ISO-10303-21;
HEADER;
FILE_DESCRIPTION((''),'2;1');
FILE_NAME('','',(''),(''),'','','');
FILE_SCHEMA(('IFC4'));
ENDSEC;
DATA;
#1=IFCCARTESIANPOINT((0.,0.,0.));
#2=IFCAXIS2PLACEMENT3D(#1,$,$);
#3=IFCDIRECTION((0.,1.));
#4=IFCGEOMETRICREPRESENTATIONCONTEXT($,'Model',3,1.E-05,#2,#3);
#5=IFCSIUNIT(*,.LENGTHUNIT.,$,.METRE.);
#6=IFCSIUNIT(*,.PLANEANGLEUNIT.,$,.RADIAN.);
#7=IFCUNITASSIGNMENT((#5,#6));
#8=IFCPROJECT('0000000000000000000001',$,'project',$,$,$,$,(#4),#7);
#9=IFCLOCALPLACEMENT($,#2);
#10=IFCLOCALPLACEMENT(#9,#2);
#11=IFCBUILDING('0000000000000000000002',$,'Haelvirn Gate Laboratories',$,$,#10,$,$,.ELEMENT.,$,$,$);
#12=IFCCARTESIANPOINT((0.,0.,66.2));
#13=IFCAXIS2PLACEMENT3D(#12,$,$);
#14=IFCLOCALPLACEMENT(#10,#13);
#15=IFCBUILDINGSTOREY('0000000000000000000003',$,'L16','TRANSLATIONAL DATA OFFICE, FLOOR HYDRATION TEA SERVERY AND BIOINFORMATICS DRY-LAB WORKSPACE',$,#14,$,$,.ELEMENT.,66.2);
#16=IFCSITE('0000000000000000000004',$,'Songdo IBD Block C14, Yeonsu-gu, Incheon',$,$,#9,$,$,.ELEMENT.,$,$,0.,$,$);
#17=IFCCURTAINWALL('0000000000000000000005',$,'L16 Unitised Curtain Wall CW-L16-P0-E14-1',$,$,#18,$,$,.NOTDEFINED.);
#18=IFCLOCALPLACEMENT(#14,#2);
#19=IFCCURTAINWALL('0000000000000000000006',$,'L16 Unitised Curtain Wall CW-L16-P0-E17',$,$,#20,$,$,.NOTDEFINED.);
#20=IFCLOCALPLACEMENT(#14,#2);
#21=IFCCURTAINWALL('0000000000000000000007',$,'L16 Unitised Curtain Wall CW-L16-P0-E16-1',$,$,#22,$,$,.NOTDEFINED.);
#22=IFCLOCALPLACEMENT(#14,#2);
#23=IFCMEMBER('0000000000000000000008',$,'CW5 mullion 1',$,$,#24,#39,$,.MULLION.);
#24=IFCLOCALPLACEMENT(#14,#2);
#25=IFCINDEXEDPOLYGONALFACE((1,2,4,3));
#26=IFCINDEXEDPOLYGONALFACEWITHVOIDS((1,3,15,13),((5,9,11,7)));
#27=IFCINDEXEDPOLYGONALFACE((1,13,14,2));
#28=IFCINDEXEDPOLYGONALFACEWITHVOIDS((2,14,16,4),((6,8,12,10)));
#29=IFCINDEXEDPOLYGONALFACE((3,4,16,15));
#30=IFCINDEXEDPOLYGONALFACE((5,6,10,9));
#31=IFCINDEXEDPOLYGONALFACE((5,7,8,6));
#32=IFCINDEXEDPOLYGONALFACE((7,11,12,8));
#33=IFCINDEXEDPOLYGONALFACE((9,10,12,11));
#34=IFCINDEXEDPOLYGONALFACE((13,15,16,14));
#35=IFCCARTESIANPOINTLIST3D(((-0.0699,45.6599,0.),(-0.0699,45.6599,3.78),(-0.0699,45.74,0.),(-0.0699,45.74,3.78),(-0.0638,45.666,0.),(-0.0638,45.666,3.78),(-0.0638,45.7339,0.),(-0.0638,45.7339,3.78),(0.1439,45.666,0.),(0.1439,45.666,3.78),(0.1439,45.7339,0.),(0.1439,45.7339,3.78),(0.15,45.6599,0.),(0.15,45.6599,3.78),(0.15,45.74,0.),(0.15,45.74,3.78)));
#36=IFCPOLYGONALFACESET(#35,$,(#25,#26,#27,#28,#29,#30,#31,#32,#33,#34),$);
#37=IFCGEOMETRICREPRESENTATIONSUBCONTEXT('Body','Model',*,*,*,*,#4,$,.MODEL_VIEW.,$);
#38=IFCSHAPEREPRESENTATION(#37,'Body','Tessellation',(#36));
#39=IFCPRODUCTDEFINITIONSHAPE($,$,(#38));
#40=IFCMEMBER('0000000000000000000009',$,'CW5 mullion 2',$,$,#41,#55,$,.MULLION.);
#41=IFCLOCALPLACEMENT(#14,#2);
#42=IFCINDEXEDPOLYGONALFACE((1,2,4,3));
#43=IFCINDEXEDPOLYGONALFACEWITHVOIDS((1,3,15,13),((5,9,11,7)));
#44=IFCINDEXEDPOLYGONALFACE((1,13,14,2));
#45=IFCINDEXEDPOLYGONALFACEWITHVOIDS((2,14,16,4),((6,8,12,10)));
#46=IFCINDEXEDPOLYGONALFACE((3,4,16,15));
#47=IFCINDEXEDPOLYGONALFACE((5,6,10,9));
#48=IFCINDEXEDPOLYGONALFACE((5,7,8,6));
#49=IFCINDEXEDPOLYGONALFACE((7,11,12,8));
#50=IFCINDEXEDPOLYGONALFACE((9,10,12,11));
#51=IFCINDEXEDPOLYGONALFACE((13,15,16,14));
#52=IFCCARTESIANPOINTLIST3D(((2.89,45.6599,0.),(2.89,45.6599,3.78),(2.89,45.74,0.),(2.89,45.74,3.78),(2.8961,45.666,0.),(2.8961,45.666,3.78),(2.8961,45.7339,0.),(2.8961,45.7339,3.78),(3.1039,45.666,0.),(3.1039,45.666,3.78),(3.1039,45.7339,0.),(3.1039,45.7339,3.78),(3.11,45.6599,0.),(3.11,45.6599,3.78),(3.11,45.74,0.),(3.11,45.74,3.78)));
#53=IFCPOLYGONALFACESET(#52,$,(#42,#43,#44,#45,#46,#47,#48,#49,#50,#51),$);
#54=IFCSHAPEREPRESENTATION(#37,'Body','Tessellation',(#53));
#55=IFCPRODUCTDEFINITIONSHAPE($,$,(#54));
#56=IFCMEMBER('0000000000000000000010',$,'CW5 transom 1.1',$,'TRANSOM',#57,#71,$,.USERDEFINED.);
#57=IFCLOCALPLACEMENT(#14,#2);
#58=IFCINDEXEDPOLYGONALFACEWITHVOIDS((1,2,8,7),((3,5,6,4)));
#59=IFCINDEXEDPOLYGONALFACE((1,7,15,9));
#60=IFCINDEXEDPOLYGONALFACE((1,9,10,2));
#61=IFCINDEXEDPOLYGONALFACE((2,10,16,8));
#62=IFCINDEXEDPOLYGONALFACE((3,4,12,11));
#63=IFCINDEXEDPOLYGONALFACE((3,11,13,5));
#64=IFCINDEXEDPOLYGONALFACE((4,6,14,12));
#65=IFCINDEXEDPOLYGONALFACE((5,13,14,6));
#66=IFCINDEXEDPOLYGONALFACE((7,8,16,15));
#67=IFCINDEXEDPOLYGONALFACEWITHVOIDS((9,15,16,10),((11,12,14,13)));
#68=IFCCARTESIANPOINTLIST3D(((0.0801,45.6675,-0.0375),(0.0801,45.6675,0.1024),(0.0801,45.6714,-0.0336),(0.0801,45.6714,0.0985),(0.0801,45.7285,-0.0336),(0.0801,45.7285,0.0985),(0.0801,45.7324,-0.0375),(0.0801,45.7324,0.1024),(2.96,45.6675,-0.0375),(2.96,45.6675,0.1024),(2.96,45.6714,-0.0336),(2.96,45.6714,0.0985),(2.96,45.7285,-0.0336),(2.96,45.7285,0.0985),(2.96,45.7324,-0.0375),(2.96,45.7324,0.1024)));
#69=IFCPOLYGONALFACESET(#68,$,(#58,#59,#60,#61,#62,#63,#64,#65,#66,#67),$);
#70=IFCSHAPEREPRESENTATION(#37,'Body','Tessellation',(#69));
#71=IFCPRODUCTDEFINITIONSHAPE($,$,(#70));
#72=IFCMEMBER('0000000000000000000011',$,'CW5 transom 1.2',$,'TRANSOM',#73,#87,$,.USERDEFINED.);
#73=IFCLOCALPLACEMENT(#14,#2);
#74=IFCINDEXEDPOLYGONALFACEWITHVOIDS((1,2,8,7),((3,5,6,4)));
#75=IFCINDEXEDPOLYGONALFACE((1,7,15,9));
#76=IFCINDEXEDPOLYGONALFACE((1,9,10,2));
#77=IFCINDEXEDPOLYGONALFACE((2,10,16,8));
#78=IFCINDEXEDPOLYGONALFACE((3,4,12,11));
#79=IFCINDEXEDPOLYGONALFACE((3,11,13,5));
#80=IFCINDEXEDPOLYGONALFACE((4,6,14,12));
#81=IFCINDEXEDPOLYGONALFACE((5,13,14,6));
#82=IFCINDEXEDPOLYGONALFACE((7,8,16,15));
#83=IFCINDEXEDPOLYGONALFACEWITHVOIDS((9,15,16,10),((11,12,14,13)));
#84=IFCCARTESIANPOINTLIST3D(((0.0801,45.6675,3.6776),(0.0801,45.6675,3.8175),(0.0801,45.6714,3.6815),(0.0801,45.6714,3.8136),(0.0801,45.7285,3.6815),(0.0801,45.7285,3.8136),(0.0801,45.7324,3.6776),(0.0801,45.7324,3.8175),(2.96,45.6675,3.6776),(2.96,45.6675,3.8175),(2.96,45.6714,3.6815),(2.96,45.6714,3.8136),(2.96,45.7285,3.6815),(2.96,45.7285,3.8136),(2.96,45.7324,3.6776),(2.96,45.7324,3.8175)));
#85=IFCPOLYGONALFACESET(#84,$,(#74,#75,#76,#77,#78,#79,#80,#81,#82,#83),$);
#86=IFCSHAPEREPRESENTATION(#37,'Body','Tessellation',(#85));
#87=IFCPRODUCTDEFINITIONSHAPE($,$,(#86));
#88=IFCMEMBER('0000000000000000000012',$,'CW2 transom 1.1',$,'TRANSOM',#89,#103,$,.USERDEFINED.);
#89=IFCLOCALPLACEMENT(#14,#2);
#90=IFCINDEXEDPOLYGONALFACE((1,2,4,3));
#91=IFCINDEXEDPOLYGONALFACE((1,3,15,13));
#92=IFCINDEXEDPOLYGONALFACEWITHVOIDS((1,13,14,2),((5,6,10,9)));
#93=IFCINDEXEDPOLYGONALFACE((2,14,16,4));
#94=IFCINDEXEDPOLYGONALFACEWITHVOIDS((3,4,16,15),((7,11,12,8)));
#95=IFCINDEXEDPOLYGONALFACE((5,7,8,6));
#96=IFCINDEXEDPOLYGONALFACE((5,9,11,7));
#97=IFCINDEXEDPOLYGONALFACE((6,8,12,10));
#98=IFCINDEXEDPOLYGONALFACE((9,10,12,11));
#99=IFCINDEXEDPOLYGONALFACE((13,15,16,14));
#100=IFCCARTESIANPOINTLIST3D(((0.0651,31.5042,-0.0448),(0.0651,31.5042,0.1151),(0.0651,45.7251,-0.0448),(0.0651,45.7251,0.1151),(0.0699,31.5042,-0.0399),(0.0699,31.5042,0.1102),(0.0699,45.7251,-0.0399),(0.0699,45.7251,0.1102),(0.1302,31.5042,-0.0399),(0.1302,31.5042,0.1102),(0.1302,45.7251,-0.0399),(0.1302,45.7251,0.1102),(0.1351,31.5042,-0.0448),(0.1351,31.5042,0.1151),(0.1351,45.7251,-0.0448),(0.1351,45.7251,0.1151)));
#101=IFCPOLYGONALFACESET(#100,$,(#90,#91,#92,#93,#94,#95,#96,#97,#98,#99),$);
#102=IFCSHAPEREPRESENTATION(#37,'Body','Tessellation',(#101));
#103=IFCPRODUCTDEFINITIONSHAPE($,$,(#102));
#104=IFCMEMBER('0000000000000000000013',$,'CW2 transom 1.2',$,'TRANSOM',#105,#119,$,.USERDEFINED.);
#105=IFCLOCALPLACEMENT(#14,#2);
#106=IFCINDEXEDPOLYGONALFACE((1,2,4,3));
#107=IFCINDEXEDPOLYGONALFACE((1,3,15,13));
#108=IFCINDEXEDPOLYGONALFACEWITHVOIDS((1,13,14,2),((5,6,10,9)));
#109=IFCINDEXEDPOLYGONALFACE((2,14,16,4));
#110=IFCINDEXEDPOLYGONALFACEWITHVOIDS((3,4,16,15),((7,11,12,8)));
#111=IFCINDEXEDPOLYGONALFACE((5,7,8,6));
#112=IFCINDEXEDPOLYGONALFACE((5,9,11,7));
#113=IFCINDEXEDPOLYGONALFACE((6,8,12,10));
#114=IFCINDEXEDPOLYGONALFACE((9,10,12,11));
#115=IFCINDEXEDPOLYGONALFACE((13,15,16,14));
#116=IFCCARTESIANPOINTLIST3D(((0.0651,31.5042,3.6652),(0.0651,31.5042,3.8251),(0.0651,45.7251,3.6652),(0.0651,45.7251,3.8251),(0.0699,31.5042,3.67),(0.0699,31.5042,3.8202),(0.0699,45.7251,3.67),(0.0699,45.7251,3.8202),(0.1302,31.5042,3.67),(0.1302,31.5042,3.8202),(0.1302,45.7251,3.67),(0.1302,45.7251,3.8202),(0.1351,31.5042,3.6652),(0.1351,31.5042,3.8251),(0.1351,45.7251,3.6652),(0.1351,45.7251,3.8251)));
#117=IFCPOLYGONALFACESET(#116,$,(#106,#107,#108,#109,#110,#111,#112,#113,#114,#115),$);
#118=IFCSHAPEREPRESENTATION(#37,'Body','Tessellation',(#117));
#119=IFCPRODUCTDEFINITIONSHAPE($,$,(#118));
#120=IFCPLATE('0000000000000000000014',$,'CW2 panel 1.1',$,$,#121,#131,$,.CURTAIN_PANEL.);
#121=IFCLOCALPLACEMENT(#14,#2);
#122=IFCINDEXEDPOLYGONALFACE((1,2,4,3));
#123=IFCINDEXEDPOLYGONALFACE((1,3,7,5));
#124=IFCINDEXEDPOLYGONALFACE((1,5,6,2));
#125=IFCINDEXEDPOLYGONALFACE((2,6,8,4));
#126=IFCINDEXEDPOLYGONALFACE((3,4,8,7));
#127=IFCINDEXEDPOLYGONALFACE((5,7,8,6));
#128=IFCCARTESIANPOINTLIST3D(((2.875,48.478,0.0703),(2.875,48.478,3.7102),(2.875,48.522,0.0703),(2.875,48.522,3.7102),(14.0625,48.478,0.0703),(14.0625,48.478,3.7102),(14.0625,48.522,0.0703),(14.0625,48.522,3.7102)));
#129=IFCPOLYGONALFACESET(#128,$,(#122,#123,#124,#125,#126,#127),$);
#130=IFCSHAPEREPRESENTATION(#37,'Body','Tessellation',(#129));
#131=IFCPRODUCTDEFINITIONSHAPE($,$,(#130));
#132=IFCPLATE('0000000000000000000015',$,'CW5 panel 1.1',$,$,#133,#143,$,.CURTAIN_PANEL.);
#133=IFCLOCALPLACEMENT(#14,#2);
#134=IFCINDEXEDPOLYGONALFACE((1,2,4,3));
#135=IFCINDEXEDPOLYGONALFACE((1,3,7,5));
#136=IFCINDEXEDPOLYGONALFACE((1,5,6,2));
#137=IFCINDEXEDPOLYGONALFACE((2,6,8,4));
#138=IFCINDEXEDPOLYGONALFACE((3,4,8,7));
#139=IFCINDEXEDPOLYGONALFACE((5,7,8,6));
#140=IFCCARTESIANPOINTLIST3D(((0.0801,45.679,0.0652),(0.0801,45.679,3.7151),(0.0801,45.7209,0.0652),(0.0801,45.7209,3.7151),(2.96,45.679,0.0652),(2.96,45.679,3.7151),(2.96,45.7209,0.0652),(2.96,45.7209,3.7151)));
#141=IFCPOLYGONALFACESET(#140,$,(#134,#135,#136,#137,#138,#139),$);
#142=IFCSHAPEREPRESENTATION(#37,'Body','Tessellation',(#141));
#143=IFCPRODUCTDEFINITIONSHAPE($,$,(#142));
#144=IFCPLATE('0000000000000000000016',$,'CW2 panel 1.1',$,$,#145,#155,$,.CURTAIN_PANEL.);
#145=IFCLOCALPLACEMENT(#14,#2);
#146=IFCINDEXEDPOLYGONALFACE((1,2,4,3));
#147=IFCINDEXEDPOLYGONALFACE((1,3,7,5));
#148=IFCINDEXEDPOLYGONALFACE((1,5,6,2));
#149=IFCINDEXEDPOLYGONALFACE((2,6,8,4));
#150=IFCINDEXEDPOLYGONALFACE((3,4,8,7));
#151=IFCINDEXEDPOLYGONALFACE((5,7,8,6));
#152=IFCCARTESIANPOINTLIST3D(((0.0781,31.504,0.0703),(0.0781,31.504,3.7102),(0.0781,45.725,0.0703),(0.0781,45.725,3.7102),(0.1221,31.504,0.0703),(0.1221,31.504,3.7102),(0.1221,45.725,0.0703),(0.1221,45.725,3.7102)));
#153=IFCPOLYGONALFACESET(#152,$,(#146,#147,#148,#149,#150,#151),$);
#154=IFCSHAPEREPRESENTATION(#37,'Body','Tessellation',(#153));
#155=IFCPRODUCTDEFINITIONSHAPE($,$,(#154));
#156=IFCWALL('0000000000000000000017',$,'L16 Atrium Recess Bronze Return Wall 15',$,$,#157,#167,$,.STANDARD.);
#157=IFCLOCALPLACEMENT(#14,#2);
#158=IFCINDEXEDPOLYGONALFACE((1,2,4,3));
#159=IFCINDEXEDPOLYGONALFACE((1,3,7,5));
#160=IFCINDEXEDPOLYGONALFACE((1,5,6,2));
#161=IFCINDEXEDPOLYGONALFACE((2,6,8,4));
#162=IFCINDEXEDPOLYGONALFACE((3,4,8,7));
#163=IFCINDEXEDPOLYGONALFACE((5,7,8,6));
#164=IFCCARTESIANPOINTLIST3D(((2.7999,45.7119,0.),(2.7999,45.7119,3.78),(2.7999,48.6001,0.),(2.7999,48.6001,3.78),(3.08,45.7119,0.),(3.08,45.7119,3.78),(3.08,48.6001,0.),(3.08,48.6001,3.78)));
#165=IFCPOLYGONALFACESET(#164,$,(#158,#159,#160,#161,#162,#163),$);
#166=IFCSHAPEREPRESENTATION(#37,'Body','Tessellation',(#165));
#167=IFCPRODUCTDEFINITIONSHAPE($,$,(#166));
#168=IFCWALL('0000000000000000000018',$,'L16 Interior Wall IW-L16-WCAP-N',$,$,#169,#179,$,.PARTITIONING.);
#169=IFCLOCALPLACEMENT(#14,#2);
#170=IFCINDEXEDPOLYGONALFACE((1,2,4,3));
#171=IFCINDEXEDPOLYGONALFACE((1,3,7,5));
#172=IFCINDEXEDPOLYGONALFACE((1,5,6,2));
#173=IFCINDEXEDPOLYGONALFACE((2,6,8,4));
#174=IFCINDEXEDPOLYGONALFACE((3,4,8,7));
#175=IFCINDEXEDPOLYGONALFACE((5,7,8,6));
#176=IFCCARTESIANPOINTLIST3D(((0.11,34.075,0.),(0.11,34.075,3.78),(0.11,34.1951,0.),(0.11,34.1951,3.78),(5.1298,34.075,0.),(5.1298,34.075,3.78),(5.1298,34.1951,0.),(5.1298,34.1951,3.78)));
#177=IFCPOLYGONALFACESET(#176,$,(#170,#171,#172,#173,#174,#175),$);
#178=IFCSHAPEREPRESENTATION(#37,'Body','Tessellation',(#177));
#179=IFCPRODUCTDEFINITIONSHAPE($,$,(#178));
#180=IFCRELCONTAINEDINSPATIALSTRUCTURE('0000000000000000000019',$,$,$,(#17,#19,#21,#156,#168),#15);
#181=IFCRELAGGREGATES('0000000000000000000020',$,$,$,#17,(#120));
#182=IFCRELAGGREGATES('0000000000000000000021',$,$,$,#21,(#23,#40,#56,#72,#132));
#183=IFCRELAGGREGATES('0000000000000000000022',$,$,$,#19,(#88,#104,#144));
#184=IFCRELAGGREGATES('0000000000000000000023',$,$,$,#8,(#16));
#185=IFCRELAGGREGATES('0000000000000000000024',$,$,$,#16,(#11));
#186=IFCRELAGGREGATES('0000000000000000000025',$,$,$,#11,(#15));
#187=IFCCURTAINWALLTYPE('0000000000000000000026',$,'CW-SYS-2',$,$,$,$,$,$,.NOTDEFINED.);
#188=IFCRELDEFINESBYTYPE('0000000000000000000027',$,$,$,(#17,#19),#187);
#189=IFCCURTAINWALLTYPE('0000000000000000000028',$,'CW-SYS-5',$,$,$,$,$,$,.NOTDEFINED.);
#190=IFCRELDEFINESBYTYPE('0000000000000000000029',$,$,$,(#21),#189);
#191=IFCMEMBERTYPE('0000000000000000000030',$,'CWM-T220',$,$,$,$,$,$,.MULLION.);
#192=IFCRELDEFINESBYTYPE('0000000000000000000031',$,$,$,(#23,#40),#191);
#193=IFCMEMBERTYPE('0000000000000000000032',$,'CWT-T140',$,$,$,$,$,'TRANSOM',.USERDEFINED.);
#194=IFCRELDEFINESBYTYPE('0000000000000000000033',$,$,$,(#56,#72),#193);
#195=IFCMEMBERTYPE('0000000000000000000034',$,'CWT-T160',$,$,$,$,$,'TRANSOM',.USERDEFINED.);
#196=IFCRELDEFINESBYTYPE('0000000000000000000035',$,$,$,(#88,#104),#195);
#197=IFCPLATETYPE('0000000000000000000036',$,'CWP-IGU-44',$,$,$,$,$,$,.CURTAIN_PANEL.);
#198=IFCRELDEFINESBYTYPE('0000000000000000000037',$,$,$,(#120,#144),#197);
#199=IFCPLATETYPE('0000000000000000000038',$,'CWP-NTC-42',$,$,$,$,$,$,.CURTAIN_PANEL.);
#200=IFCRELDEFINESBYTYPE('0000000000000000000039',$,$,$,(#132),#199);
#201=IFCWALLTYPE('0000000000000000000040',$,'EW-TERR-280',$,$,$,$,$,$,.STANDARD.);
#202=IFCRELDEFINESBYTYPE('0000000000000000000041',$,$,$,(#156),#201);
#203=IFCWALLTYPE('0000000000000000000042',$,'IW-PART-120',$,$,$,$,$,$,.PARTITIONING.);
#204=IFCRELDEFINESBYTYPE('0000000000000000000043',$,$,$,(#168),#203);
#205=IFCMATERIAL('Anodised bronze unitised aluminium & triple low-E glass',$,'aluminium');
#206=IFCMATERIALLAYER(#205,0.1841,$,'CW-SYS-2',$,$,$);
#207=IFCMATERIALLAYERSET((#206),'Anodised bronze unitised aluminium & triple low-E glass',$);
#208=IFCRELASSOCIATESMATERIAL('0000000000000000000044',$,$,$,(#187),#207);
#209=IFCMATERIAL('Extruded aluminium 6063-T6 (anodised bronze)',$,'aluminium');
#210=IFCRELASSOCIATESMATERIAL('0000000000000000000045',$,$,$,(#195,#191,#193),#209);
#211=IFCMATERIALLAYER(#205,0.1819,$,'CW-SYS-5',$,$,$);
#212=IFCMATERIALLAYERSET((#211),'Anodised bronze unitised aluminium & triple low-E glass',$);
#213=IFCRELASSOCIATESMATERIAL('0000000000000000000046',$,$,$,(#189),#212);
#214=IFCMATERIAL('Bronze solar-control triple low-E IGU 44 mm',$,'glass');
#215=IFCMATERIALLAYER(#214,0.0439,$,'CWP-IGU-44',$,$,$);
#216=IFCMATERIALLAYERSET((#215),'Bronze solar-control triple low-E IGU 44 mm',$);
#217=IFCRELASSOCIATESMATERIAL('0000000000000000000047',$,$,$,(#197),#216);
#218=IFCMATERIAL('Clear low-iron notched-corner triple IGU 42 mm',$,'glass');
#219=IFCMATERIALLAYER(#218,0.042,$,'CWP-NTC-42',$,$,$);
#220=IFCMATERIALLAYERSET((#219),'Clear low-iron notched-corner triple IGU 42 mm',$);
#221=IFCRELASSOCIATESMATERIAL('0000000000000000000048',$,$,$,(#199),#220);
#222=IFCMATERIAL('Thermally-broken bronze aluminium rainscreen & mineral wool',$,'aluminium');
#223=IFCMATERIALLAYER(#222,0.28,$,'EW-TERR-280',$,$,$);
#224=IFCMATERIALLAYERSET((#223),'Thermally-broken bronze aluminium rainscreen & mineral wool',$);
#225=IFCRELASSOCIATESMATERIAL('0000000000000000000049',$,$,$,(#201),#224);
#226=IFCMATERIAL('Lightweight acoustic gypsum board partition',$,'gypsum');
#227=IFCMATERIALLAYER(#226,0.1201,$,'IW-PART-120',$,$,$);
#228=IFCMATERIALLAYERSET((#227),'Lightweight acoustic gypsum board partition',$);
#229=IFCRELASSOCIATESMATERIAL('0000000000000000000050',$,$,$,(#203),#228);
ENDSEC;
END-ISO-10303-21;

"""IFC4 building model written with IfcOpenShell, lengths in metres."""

from ifc_helpers import new_model, si_unit, direction, frame, frame_2d, origin, origin_2d, place, context, subcontext, project, spatial, rectangle, hollow_rectangle, extrude, source, transform, mapped, material, layer, layer_set, material_profile, profile_set, type_object, type_shapes, element, aggregate, save


model = new_model("IFC4")

# Units and contexts
model_context = context("Model", 3, precision=1e-05, world=origin(), true_north=direction((0.0, 1.0)))
body_context = subcontext(model_context, "Body", "Model", "MODEL_VIEW")
ifc_project = project(units=[si_unit("LENGTHUNIT", "METRE"), si_unit("PLANEANGLEUNIT", "RADIAN")], contexts=[model_context])

# Site, building, storey
site_placement = place(None, origin())
site = spatial("IfcSite", under=ifc_project, at=site_placement, Name="Songdo IBD Block C14, Yeonsu-gu, Incheon", CompositionType="ELEMENT", RefElevation=0.0)
building_placement = place(site_placement, origin())
building = spatial("IfcBuilding", under=site, at=building_placement, Name="Haelvirn Gate Laboratories", CompositionType="ELEMENT")
storey_placement = place(building_placement, frame((0.0, 0.0, 66.2)))
storey = spatial("IfcBuildingStorey", under=building, at=storey_placement, Name="L16", Description="TRANSLATIONAL DATA OFFICE, FLOOR HYDRATION TEA SERVERY AND BIOINFORMATICS DRY-LAB WORKSPACE", CompositionType="ELEMENT", Elevation=66.2)

# Curtain walls
ifc_material_1 = material(Name="Anodised bronze unitised aluminium & triple low-E glass", Category="aluminium")
ifc_layer_1 = layer(ifc_material_1, 0.1841, Name="CW-SYS-2")
ifc_layer_set_1 = layer_set([ifc_layer_1], Name="Anodised bronze unitised aluminium & triple low-E glass")
curtain_wall_type_1 = type_object("IfcCurtainWallType", Name="CW-SYS-2", PredefinedType="NOTDEFINED", material=ifc_layer_set_1)
curtain_wall_1_placement = place(storey_placement, origin())
curtain_wall_1 = element("IfcCurtainWall", 1, at=curtain_wall_1_placement, inside=storey, type_object=curtain_wall_type_1, Name="L16 Unitised Curtain Wall CW-L16-P0-E14-1", PredefinedType="NOTDEFINED")
ifc_material_2 = material(Name="Extruded aluminium 6063-T6 (anodised bronze)", Category="aluminium")
curtain_wall_2_placement = place(storey_placement, origin())
curtain_wall_2 = element("IfcCurtainWall", 2, at=curtain_wall_2_placement, inside=storey, type_object=curtain_wall_type_1, Name="L16 Unitised Curtain Wall CW-L16-P0-E17", PredefinedType="NOTDEFINED")

# Shared definitions
ifc_material_profile_1 = material_profile(ifc_material_2, hollow_rectangle(XDim=0.0701, YDim=0.1599, WallThickness=0.0049, at=origin_2d()), Name="CWT-160x70x5")
ifc_profile_set_1 = profile_set([ifc_material_profile_1], Name="Extruded aluminium 6063-T6 (anodised bronze)")
member_type_1 = type_object("IfcMemberType", Name="CWT-T160", ElementType="TRANSOM", PredefinedType="USERDEFINED", material=ifc_profile_set_1)

# Curtain wall, members
ifc_layer_2 = layer(ifc_material_1, 0.1819, Name="CW-SYS-5")
ifc_layer_set_2 = layer_set([ifc_layer_2], Name="Anodised bronze unitised aluminium & triple low-E glass")
curtain_wall_type_2 = type_object("IfcCurtainWallType", Name="CW-SYS-5", PredefinedType="NOTDEFINED", material=ifc_layer_set_2)
curtain_wall_3_placement = place(storey_placement, origin())
curtain_wall_3 = element("IfcCurtainWall", 3, at=curtain_wall_3_placement, inside=storey, type_object=curtain_wall_type_2, Name="L16 Unitised Curtain Wall CW-L16-P0-E16-1", PredefinedType="NOTDEFINED")
ifc_material_profile_2 = material_profile(ifc_material_2, hollow_rectangle(XDim=0.0801, YDim=0.22, WallThickness=0.0061, at=origin_2d()), Name="CWM-220x80x6")
ifc_profile_set_2 = profile_set([ifc_material_profile_2], Name="Extruded aluminium 6063-T6 (anodised bronze)")
member_type_2 = type_object("IfcMemberType", Name="CWM-T220", PredefinedType="MULLION", material=ifc_profile_set_2)
shared_shape_1 = source(origin(), body_context, "Body", "SweptSolid", [
    extrude(hollow_rectangle(XDim=0.0801, YDim=0.22, WallThickness=0.0061, at=origin_2d()), origin(), (0.0, 0.0, 1.0), 3.78),
])
type_shapes(member_type_2, [shared_shape_1])
member_1_placement = place(storey_placement, frame((0.04, 45.7, 0.0), z_axis=(0.0, 0.0, 1.0), x_axis=(0.0, 1.0, 0.0)))
member_1 = element("IfcMember", 4, at=member_1_placement, type_object=member_type_2, Name="CW5 mullion 1", PredefinedType="MULLION", context=body_context, shape_type="MappedRepresentation", body=[
    mapped(shared_shape_1, transform((0.0, 0.0, 0.0), scale=1.0)),
])
member_2_placement = place(storey_placement, frame((3.0, 45.7, 0.0), z_axis=(0.0, 0.0, 1.0), x_axis=(0.0, 1.0, 0.0)))
member_2 = element("IfcMember", 5, at=member_2_placement, type_object=member_type_2, Name="CW5 mullion 2", PredefinedType="MULLION", context=body_context, shape_type="MappedRepresentation", body=[
    mapped(shared_shape_1, transform((0.0, 0.0, 0.0), scale=1.0)),
])
ifc_material_profile_3 = material_profile(ifc_material_2, hollow_rectangle(XDim=0.0649, YDim=0.1399, WallThickness=0.0039, at=origin_2d()), Name="CWT-140x65x4")
ifc_profile_set_3 = profile_set([ifc_material_profile_3], Name="Extruded aluminium 6063-T6 (anodised bronze)")
member_type_3 = type_object("IfcMemberType", Name="CWT-T140", ElementType="TRANSOM", PredefinedType="USERDEFINED", material=ifc_profile_set_3)
shared_shape_2 = source(origin(), body_context, "Body", "SweptSolid", [
    extrude(hollow_rectangle(XDim=0.0649, YDim=0.1399, WallThickness=0.0039, at=origin_2d()), origin(), (0.0, 0.0, 1.0), 2.8799),
])
type_shapes(member_type_3, [shared_shape_2])
member_3_placement = place(storey_placement, frame((0.0801, 45.7, 0.0325), z_axis=(1.0, 0.0, 0.0), x_axis=(0.0, 1.0, 0.0)))
member_3 = element("IfcMember", 6, at=member_3_placement, type_object=member_type_3, Name="CW5 transom 1.1", ObjectType="TRANSOM", PredefinedType="USERDEFINED", context=body_context, shape_type="MappedRepresentation", body=[
    mapped(shared_shape_2, transform((0.0, 0.0, 0.0), scale=1.0)),
])
member_4_placement = place(storey_placement, frame((0.0801, 45.7, 3.7476), z_axis=(1.0, 0.0, 0.0), x_axis=(0.0, 1.0, 0.0)))
member_4 = element("IfcMember", 7, at=member_4_placement, type_object=member_type_3, Name="CW5 transom 1.2", ObjectType="TRANSOM", PredefinedType="USERDEFINED", context=body_context, shape_type="MappedRepresentation", body=[
    mapped(shared_shape_2, transform((0.0, 0.0, 0.0), scale=1.0)),
])

# Members
shared_shape_3 = source(origin(), body_context, "Body", "SweptSolid", [
    extrude(hollow_rectangle(XDim=0.0701, YDim=0.1599, WallThickness=0.0049, at=origin_2d()), origin(), (0.0, 0.0, 1.0), 14.2209),
])
member_5_placement = place(storey_placement, frame((0.1001, 45.7251, 0.0352), z_axis=(0.0, -1.0, 0.0), x_axis=(1.0, 0.0, 0.0)))
member_5 = element("IfcMember", 8, at=member_5_placement, type_object=member_type_1, Name="CW2 transom 1.1", ObjectType="TRANSOM", PredefinedType="USERDEFINED", context=body_context, shape_type="MappedRepresentation", body=[
    mapped(shared_shape_3, transform((0.0, 0.0, 0.0), scale=1.0)),
])
member_6_placement = place(storey_placement, frame((0.1001, 45.7251, 3.7451), z_axis=(0.0, -1.0, 0.0), x_axis=(1.0, 0.0, 0.0)))
member_6 = element("IfcMember", 9, at=member_6_placement, type_object=member_type_1, Name="CW2 transom 1.2", ObjectType="TRANSOM", PredefinedType="USERDEFINED", context=body_context, shape_type="MappedRepresentation", body=[
    mapped(shared_shape_3, transform((0.0, 0.0, 0.0), scale=1.0)),
])

# Plates
ifc_material_3 = material(Name="Bronze solar-control triple low-E IGU 44 mm", Category="glass")
ifc_layer_3 = layer(ifc_material_3, 0.0439, Name="CWP-IGU-44")
ifc_layer_set_3 = layer_set([ifc_layer_3], Name="Bronze solar-control triple low-E IGU 44 mm")
plate_type_1 = type_object("IfcPlateType", Name="CWP-IGU-44", PredefinedType="CURTAIN_PANEL", material=ifc_layer_set_3)
shared_shape_4 = source(origin(), body_context, "Body", "SweptSolid", [
    extrude(rectangle(XDim=11.1875, YDim=0.0439, at=origin_2d()), origin(), (0.0, 0.0, 1.0), 3.6399),
])
plate_1_placement = place(storey_placement, frame((8.4688, 48.5, 0.0703), z_axis=(0.0, 0.0, 1.0), x_axis=(1.0, 0.0, 0.0)))
plate_1 = element("IfcPlate", 10, at=plate_1_placement, type_object=plate_type_1, Name="CW2 panel 1.1", PredefinedType="CURTAIN_PANEL", context=body_context, shape_type="MappedRepresentation", body=[
    mapped(shared_shape_4, transform((0.0, 0.0, 0.0), scale=1.0)),
])
aggregate(curtain_wall_1, [plate_1])
ifc_material_4 = material(Name="Clear low-iron notched-corner triple IGU 42 mm", Category="glass")
ifc_layer_4 = layer(ifc_material_4, 0.042, Name="CWP-NTC-42")
ifc_layer_set_4 = layer_set([ifc_layer_4], Name="Clear low-iron notched-corner triple IGU 42 mm")
plate_type_2 = type_object("IfcPlateType", Name="CWP-NTC-42", PredefinedType="CURTAIN_PANEL", material=ifc_layer_set_4)
shared_shape_5 = source(origin(), body_context, "Body", "SweptSolid", [
    extrude(rectangle(XDim=2.8799, YDim=0.042, at=origin_2d()), origin(), (0.0, 0.0, 1.0), 3.6499),
])
type_shapes(plate_type_2, [shared_shape_5])
plate_2_placement = place(storey_placement, frame((1.52, 45.7, 0.0652), z_axis=(0.0, 0.0, 1.0), x_axis=(1.0, 0.0, 0.0)))
plate_2 = element("IfcPlate", 11, at=plate_2_placement, type_object=plate_type_2, Name="CW5 panel 1.1", PredefinedType="CURTAIN_PANEL", context=body_context, shape_type="MappedRepresentation", body=[
    mapped(shared_shape_5, transform((0.0, 0.0, 0.0), scale=1.0)),
])
aggregate(curtain_wall_3, [member_1, member_2, member_3, member_4, plate_2])
shared_shape_6 = source(origin(), body_context, "Body", "SweptSolid", [
    extrude(rectangle(XDim=14.2209, YDim=0.0439, at=origin_2d()), origin(), (0.0, 0.0, 1.0), 3.6399),
])
type_shapes(plate_type_1, [shared_shape_4, shared_shape_6])
plate_3_placement = place(storey_placement, frame((0.1001, 38.6145, 0.0703), z_axis=(0.0, 0.0, 1.0), x_axis=(0.0, -1.0, 0.0)))
plate_3 = element("IfcPlate", 12, at=plate_3_placement, type_object=plate_type_1, Name="CW2 panel 1.1", PredefinedType="CURTAIN_PANEL", context=body_context, shape_type="MappedRepresentation", body=[
    mapped(shared_shape_6, transform((0.0, 0.0, 0.0), scale=1.0)),
])
aggregate(curtain_wall_2, [member_5, member_6, plate_3])

# Walls
ifc_material_5 = material(Name="Thermally-broken bronze aluminium rainscreen & mineral wool", Category="aluminium")
ifc_layer_5 = layer(ifc_material_5, 0.28, Name="EW-TERR-280")
ifc_layer_set_5 = layer_set([ifc_layer_5], Name="Thermally-broken bronze aluminium rainscreen & mineral wool")
wall_type_1 = type_object("IfcWallType", Name="EW-TERR-280", PredefinedType="STANDARD", material=ifc_layer_set_5)
wall_1_placement = place(storey_placement, frame((2.9399, 48.6001, 0.0), z_axis=(0.0, 0.0, 1.0), x_axis=(0.0, -1.0, 0.0)))
element("IfcWall", 13, at=wall_1_placement, inside=storey, type_object=wall_type_1, Name="L16 Atrium Recess Bronze Return Wall 15", PredefinedType="STANDARD", context=body_context, shape_type="SweptSolid", body=[
    extrude(rectangle(XDim=2.8882, YDim=0.28, at=frame_2d((1.4441, 0.0))), origin(), (0.0, 0.0, 1.0), 3.78),
])
ifc_material_6 = material(Name="Lightweight acoustic gypsum board partition", Category="gypsum")
ifc_layer_6 = layer(ifc_material_6, 0.1201, Name="IW-PART-120")
ifc_layer_set_6 = layer_set([ifc_layer_6], Name="Lightweight acoustic gypsum board partition")
wall_type_2 = type_object("IfcWallType", Name="IW-PART-120", PredefinedType="PARTITIONING", material=ifc_layer_set_6)
wall_2_placement = place(storey_placement, frame((0.1101, 34.135, 0.0), z_axis=(0.0, 0.0, 1.0), x_axis=(1.0, 0.0, 0.0)))
element("IfcWall", 14, at=wall_2_placement, inside=storey, type_object=wall_type_2, Name="L16 Interior Wall IW-L16-WCAP-N", PredefinedType="PARTITIONING", context=body_context, shape_type="SweptSolid", body=[
    extrude(rectangle(XDim=5.0198, YDim=0.1201, at=frame_2d((2.5098, 0.0))), origin(), (0.0, 0.0, 1.0), 3.78),
])

save(model, "model.ifc")
